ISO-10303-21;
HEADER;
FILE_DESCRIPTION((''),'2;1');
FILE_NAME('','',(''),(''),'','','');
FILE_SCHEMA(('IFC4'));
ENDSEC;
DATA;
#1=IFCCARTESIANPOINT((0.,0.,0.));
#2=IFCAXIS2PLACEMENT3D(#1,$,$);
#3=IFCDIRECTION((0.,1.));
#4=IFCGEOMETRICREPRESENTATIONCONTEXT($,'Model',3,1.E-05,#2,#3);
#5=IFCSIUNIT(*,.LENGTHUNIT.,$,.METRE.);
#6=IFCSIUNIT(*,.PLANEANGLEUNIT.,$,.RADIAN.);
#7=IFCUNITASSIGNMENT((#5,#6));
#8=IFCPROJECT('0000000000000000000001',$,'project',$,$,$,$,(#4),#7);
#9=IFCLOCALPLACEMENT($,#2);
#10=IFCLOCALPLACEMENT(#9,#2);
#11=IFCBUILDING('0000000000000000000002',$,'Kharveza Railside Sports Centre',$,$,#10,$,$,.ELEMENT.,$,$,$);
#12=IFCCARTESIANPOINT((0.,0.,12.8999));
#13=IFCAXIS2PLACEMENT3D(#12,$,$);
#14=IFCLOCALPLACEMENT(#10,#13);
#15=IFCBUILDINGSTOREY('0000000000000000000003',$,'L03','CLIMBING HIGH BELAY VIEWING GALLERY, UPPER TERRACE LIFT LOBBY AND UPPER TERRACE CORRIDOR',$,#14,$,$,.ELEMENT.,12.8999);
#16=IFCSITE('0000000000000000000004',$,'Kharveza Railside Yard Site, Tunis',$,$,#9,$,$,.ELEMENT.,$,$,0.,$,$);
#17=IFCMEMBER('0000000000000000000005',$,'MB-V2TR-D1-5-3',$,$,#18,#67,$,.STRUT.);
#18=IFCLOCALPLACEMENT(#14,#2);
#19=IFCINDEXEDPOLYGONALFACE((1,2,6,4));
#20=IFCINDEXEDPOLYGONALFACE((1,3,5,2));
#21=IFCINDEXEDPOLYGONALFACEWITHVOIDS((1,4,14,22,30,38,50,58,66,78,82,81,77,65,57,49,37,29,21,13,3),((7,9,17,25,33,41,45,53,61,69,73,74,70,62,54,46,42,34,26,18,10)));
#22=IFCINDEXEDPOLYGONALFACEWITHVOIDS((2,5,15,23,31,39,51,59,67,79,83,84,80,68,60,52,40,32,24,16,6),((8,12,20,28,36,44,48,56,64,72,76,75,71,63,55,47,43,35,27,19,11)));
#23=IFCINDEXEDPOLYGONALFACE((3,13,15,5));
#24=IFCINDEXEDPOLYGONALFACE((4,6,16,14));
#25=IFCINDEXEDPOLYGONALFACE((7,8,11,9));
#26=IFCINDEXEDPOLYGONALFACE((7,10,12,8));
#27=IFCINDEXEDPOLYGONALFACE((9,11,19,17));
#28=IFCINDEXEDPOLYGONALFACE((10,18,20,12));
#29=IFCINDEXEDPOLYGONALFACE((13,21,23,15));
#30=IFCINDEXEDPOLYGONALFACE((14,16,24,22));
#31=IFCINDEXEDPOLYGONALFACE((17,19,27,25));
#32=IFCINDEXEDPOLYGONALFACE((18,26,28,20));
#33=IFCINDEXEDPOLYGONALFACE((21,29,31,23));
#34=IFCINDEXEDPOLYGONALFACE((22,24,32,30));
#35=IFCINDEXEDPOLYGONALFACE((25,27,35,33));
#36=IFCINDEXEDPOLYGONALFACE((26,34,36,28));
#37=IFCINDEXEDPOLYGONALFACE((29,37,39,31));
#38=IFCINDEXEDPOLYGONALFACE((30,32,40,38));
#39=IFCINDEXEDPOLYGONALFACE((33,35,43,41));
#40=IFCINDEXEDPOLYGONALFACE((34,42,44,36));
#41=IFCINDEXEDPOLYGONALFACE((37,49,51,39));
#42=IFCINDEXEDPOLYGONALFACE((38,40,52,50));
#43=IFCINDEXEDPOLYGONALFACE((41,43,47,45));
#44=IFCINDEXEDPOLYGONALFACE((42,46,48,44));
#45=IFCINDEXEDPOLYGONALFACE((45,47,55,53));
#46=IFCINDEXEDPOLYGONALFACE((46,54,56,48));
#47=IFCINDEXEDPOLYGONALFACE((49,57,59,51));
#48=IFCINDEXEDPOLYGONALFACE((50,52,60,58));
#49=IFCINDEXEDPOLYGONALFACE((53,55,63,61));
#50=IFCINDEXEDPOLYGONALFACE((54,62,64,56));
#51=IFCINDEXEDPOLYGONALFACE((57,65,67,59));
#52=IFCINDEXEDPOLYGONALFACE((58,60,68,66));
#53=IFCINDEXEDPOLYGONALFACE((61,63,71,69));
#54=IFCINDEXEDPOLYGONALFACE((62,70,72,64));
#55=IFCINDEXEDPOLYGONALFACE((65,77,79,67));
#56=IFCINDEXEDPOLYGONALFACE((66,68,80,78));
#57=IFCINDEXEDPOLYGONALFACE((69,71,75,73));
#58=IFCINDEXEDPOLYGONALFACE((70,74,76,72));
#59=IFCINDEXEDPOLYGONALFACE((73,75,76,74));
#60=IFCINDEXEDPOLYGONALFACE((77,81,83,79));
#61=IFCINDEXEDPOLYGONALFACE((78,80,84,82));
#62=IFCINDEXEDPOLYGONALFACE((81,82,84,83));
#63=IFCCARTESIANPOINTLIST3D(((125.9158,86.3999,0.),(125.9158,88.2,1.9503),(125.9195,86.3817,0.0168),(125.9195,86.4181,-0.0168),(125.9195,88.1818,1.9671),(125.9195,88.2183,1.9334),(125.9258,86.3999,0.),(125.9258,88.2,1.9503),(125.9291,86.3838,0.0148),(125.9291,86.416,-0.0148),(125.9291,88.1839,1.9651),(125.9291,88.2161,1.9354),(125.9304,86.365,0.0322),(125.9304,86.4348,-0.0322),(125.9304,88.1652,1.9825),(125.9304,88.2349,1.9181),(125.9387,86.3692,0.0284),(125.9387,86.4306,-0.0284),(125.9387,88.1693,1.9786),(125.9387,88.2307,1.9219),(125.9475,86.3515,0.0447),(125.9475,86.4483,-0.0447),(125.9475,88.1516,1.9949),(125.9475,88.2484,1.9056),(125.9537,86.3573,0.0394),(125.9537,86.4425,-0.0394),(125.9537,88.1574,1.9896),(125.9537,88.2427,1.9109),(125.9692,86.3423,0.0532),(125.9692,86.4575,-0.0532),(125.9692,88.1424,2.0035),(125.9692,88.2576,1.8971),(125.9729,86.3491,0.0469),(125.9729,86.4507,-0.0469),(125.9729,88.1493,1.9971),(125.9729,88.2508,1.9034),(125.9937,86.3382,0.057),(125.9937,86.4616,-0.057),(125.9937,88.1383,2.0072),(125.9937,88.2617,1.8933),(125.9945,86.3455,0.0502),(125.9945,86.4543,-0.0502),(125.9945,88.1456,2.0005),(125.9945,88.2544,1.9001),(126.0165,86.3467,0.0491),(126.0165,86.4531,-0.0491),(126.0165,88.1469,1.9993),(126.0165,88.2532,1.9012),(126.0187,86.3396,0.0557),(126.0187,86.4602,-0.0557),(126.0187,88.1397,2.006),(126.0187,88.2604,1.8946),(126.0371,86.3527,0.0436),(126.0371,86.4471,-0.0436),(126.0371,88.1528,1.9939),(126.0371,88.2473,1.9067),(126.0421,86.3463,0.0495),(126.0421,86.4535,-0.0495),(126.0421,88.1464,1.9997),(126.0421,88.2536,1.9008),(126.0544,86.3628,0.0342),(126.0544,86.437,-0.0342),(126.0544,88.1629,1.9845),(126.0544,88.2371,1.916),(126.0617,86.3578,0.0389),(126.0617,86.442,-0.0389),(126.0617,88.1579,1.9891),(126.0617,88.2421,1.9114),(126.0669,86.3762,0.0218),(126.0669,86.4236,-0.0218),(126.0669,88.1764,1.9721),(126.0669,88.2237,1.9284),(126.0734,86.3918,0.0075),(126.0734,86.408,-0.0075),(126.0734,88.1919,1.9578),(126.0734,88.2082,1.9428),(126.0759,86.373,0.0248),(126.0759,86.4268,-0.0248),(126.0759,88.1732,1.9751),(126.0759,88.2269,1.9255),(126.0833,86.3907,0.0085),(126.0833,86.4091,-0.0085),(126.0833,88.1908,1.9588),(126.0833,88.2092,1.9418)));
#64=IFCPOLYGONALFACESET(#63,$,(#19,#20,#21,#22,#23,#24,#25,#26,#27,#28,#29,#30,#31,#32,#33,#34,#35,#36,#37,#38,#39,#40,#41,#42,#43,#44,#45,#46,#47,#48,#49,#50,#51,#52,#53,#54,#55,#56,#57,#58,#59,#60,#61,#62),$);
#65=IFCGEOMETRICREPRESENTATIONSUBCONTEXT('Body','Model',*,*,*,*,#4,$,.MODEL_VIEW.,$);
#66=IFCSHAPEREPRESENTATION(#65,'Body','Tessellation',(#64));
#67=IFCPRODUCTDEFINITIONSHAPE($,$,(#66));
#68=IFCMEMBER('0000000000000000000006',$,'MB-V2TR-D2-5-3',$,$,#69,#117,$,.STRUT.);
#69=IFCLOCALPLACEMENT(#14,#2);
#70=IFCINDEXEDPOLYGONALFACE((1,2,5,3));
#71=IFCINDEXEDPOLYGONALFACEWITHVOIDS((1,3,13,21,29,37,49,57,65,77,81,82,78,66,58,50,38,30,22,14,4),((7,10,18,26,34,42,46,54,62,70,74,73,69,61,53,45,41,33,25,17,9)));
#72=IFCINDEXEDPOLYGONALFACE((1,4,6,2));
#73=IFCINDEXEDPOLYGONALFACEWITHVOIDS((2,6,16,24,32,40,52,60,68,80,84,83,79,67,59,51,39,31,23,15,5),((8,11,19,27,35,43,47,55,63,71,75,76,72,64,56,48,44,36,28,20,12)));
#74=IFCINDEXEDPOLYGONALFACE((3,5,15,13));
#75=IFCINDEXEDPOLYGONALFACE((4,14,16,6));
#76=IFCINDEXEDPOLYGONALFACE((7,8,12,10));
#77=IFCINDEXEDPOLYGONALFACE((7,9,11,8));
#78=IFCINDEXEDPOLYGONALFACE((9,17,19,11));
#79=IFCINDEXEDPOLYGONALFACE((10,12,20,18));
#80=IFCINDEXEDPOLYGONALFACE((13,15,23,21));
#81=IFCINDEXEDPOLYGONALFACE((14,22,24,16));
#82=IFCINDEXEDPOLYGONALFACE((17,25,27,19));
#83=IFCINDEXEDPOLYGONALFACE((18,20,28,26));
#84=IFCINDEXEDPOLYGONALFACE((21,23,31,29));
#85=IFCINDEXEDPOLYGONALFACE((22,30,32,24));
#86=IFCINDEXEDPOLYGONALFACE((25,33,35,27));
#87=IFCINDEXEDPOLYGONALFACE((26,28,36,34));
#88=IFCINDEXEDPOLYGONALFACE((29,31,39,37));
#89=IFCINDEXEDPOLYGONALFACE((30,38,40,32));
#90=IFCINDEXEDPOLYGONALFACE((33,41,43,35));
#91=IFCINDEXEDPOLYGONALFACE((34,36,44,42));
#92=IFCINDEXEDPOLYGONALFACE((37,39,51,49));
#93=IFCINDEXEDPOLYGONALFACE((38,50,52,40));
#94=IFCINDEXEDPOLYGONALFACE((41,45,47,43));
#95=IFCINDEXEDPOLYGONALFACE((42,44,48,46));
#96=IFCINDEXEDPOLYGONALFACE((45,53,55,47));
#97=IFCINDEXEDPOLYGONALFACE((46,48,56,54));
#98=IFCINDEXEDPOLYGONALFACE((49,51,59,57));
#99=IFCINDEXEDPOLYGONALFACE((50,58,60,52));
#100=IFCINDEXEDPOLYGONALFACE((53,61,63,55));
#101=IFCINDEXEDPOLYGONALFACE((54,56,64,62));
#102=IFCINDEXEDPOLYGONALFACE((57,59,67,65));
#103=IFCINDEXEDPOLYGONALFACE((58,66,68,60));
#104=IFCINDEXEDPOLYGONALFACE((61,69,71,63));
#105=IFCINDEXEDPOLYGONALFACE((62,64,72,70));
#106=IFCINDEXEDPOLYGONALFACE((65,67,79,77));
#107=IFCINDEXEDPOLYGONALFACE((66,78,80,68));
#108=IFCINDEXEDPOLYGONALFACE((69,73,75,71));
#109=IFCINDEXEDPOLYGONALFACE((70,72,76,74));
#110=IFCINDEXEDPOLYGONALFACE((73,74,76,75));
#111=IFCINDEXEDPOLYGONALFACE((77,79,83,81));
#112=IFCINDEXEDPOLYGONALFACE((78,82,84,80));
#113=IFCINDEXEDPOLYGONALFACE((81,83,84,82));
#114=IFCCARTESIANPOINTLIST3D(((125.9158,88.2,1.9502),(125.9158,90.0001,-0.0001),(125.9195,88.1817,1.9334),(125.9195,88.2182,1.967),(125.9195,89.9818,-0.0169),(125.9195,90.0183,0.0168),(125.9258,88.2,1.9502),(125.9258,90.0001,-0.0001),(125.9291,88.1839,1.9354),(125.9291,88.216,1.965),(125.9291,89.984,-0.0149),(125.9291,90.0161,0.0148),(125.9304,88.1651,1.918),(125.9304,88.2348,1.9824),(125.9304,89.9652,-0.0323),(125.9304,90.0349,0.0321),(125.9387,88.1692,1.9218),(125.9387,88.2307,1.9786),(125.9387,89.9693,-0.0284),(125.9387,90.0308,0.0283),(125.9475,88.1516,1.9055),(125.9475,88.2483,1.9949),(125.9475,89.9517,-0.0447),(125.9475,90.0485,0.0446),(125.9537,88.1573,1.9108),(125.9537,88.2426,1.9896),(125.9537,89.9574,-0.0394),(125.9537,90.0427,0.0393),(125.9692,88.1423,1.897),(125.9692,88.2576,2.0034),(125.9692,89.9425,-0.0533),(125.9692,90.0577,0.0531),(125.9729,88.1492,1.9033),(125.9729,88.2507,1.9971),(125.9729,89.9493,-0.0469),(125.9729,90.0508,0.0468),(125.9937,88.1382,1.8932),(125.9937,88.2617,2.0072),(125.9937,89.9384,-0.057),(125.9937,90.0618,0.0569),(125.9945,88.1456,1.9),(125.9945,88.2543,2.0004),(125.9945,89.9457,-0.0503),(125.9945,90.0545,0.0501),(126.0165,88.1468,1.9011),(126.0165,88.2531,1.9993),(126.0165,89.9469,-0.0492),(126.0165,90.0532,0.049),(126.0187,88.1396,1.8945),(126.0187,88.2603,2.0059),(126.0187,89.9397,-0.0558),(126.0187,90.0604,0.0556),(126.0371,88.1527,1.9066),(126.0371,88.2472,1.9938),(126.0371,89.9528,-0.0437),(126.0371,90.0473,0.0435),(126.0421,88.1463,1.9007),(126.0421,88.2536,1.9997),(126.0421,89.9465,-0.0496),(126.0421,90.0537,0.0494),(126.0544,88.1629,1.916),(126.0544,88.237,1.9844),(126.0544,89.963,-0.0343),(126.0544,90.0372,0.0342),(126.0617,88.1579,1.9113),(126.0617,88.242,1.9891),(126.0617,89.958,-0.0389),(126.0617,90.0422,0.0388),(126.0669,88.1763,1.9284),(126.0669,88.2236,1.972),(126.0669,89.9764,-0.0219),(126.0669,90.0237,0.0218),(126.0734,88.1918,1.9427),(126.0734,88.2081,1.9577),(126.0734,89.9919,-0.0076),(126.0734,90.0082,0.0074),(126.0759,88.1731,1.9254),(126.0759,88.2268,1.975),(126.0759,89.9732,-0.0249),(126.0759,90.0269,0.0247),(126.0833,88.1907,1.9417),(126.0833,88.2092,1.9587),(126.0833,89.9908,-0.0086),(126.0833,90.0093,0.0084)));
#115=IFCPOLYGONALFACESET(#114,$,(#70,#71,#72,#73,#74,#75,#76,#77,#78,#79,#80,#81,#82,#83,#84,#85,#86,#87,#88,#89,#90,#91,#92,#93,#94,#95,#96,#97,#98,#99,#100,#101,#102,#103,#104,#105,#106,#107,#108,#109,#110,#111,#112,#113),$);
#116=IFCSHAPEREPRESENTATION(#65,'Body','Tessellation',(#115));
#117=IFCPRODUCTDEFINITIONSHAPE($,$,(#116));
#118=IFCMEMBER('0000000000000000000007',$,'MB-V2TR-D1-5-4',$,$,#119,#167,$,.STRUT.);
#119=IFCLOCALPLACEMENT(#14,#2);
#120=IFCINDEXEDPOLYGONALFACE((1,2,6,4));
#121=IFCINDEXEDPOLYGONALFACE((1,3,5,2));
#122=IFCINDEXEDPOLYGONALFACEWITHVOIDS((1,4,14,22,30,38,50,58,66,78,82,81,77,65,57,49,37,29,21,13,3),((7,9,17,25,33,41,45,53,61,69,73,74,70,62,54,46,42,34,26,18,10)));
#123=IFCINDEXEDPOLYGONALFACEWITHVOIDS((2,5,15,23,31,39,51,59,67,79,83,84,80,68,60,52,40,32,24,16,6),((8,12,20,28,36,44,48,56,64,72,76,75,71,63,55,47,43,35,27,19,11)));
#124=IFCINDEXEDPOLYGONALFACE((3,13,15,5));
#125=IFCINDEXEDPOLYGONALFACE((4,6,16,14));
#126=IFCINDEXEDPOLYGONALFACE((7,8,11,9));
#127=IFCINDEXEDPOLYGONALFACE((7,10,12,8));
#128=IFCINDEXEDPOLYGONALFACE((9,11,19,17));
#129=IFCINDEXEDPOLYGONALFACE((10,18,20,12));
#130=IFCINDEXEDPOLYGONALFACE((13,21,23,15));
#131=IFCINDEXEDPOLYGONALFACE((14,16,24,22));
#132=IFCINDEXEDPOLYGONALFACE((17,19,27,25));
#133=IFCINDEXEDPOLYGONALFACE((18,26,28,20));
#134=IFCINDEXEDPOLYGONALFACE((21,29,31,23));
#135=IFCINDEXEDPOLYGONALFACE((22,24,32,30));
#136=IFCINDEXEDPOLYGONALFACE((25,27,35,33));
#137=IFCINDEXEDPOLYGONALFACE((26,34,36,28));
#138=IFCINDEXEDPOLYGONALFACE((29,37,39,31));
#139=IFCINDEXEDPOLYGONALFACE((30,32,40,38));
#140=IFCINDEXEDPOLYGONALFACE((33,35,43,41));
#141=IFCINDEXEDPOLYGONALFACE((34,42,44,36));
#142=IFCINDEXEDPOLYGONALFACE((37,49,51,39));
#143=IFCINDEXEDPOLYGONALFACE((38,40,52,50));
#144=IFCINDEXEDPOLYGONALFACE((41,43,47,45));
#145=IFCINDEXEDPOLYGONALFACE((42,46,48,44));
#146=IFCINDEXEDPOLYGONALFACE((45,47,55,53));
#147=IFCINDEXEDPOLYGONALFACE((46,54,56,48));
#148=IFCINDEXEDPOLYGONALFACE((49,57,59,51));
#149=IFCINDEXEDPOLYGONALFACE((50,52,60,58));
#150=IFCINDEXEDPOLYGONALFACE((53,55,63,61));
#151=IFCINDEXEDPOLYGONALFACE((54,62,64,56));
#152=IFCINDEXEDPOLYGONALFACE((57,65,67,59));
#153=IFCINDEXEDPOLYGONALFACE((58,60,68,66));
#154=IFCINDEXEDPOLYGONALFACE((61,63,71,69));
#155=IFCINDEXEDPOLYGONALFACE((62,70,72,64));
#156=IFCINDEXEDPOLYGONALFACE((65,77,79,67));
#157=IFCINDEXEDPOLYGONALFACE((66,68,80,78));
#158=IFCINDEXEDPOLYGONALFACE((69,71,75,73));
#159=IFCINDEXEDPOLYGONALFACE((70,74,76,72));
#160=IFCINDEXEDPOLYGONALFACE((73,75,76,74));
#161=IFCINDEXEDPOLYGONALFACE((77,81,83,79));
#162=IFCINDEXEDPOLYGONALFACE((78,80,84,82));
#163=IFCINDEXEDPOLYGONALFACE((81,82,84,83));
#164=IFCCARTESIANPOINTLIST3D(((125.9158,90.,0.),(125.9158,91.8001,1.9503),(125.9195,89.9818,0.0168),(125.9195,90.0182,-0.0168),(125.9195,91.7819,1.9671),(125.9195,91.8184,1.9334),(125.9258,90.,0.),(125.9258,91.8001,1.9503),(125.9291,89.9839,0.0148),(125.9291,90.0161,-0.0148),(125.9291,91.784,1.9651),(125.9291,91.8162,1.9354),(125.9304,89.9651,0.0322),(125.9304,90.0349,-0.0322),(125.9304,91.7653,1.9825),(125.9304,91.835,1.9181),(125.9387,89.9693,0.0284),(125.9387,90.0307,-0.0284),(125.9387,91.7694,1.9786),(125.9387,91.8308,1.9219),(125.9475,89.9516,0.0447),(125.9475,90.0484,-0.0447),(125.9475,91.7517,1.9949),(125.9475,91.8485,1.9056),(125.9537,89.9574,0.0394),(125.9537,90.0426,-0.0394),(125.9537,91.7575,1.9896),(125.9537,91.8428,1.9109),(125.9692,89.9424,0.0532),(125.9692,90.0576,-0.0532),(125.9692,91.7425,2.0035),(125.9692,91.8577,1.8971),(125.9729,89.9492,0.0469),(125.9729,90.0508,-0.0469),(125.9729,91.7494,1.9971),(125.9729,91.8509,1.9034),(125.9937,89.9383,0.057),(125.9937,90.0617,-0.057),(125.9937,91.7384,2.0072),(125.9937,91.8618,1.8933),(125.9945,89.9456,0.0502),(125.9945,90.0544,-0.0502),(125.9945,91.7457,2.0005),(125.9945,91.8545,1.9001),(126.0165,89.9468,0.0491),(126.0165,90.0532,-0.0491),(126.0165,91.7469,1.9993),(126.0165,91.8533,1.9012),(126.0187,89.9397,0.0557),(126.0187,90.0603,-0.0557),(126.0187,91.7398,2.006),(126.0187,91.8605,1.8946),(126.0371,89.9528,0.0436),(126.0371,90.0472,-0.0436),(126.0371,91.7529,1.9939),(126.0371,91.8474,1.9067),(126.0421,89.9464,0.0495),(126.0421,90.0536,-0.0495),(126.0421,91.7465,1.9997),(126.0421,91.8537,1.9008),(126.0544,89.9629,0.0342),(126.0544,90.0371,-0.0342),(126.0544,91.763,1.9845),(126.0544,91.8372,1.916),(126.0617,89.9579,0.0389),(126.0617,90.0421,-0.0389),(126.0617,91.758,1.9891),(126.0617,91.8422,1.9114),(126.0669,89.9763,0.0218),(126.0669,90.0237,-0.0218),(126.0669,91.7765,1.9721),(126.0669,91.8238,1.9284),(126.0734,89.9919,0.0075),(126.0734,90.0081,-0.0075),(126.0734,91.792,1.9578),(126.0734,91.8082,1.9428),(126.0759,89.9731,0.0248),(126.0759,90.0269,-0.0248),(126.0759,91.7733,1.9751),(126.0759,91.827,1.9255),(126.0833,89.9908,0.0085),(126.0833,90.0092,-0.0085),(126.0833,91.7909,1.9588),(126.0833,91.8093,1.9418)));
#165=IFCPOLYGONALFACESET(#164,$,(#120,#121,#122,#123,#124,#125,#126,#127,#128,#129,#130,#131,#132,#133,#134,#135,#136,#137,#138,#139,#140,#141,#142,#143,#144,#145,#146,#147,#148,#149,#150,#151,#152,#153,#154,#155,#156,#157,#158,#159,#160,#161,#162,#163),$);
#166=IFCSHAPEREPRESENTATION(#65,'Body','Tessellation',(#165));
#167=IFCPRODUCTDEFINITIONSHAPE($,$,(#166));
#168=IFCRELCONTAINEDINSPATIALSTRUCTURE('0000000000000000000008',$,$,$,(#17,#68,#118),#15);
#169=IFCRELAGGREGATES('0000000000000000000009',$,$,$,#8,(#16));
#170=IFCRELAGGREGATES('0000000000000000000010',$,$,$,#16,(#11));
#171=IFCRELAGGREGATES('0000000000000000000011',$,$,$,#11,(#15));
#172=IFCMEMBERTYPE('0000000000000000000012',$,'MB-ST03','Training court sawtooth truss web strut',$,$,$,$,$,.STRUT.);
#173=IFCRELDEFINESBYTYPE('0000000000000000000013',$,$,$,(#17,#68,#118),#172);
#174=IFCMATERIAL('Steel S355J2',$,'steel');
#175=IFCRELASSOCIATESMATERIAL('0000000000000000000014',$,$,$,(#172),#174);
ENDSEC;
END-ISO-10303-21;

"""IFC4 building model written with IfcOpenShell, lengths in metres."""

from ifc_helpers import new_model, si_unit, direction, frame, origin, origin_2d, place, context, subcontext, project, spatial, hollow_circle, extrude, material, material_profile, profile_set, type_object, element, save


model = new_model("IFC4")

# Units and contexts
model_context = context("Model", 3, precision=1e-05, world=origin(), true_north=direction((0.0, 1.0)))
body_context = subcontext(model_context, "Body", "Model", "MODEL_VIEW")
ifc_project = project(units=[si_unit("LENGTHUNIT", "METRE"), si_unit("PLANEANGLEUNIT", "RADIAN")], contexts=[model_context])

# Site, building, storey
site_placement = place(None, origin())
site = spatial("IfcSite", under=ifc_project, at=site_placement, Name="Kharveza Railside Yard Site, Tunis", CompositionType="ELEMENT", RefElevation=0.0)
building_placement = place(site_placement, origin())
building = spatial("IfcBuilding", under=site, at=building_placement, Name="Kharveza Railside Sports Centre", CompositionType="ELEMENT")
storey_placement = place(building_placement, frame((0.0, 0.0, 12.8999)))
storey = spatial("IfcBuildingStorey", under=building, at=storey_placement, Name="L03", Description="CLIMBING HIGH BELAY VIEWING GALLERY, UPPER TERRACE LIFT LOBBY AND UPPER TERRACE CORRIDOR", CompositionType="ELEMENT", Elevation=12.8999)

# Shared definitions
ifc_material_1 = material(Name="Steel S355J2", Category="steel")

# Members
ifc_material_profile_1 = material_profile(ifc_material_1, hollow_circle(Radius=0.0842, WallThickness=0.01, at=origin_2d()), Name="CHS 168.3x10.0")
ifc_profile_set_1 = profile_set([ifc_material_profile_1], Name="Steel S355J2")
member_type_1 = type_object("IfcMemberType", Name="MB-ST03", Description="Training court sawtooth truss web strut", PredefinedType="STRUT", material=ifc_profile_set_1)
for number, where, z_axis, x_axis, name in (
    (1, (126.0, 86.3999, 0.0), (0.0, 0.678253, 0.734828), (-1.0, 0.0, 0.0), "MB-V2TR-D1-5-3"),
    (2, (126.0, 88.2, 1.9502), (0.0, 0.678253, -0.734828), (-1.0, 0.0, 0.0), "MB-V2TR-D2-5-3"),
    (3, (126.0, 90.0, 0.0), (0.0, 0.678253, 0.734828), (-1.0, 0.0, 0.0), "MB-V2TR-D1-5-4"),
):
    element("IfcMember", number, at=place(storey_placement, frame(where, z_axis=z_axis, x_axis=x_axis)), inside=storey, type_object=member_type_1, Name=name, PredefinedType="STRUT", context=body_context, shape_type="SweptSolid", body=[
        extrude(hollow_circle(Radius=0.0842, WallThickness=0.01, at=origin_2d()), origin(), (0.0, 0.0, 1.0), 2.6541),
    ])

save(model, "model.ifc")
